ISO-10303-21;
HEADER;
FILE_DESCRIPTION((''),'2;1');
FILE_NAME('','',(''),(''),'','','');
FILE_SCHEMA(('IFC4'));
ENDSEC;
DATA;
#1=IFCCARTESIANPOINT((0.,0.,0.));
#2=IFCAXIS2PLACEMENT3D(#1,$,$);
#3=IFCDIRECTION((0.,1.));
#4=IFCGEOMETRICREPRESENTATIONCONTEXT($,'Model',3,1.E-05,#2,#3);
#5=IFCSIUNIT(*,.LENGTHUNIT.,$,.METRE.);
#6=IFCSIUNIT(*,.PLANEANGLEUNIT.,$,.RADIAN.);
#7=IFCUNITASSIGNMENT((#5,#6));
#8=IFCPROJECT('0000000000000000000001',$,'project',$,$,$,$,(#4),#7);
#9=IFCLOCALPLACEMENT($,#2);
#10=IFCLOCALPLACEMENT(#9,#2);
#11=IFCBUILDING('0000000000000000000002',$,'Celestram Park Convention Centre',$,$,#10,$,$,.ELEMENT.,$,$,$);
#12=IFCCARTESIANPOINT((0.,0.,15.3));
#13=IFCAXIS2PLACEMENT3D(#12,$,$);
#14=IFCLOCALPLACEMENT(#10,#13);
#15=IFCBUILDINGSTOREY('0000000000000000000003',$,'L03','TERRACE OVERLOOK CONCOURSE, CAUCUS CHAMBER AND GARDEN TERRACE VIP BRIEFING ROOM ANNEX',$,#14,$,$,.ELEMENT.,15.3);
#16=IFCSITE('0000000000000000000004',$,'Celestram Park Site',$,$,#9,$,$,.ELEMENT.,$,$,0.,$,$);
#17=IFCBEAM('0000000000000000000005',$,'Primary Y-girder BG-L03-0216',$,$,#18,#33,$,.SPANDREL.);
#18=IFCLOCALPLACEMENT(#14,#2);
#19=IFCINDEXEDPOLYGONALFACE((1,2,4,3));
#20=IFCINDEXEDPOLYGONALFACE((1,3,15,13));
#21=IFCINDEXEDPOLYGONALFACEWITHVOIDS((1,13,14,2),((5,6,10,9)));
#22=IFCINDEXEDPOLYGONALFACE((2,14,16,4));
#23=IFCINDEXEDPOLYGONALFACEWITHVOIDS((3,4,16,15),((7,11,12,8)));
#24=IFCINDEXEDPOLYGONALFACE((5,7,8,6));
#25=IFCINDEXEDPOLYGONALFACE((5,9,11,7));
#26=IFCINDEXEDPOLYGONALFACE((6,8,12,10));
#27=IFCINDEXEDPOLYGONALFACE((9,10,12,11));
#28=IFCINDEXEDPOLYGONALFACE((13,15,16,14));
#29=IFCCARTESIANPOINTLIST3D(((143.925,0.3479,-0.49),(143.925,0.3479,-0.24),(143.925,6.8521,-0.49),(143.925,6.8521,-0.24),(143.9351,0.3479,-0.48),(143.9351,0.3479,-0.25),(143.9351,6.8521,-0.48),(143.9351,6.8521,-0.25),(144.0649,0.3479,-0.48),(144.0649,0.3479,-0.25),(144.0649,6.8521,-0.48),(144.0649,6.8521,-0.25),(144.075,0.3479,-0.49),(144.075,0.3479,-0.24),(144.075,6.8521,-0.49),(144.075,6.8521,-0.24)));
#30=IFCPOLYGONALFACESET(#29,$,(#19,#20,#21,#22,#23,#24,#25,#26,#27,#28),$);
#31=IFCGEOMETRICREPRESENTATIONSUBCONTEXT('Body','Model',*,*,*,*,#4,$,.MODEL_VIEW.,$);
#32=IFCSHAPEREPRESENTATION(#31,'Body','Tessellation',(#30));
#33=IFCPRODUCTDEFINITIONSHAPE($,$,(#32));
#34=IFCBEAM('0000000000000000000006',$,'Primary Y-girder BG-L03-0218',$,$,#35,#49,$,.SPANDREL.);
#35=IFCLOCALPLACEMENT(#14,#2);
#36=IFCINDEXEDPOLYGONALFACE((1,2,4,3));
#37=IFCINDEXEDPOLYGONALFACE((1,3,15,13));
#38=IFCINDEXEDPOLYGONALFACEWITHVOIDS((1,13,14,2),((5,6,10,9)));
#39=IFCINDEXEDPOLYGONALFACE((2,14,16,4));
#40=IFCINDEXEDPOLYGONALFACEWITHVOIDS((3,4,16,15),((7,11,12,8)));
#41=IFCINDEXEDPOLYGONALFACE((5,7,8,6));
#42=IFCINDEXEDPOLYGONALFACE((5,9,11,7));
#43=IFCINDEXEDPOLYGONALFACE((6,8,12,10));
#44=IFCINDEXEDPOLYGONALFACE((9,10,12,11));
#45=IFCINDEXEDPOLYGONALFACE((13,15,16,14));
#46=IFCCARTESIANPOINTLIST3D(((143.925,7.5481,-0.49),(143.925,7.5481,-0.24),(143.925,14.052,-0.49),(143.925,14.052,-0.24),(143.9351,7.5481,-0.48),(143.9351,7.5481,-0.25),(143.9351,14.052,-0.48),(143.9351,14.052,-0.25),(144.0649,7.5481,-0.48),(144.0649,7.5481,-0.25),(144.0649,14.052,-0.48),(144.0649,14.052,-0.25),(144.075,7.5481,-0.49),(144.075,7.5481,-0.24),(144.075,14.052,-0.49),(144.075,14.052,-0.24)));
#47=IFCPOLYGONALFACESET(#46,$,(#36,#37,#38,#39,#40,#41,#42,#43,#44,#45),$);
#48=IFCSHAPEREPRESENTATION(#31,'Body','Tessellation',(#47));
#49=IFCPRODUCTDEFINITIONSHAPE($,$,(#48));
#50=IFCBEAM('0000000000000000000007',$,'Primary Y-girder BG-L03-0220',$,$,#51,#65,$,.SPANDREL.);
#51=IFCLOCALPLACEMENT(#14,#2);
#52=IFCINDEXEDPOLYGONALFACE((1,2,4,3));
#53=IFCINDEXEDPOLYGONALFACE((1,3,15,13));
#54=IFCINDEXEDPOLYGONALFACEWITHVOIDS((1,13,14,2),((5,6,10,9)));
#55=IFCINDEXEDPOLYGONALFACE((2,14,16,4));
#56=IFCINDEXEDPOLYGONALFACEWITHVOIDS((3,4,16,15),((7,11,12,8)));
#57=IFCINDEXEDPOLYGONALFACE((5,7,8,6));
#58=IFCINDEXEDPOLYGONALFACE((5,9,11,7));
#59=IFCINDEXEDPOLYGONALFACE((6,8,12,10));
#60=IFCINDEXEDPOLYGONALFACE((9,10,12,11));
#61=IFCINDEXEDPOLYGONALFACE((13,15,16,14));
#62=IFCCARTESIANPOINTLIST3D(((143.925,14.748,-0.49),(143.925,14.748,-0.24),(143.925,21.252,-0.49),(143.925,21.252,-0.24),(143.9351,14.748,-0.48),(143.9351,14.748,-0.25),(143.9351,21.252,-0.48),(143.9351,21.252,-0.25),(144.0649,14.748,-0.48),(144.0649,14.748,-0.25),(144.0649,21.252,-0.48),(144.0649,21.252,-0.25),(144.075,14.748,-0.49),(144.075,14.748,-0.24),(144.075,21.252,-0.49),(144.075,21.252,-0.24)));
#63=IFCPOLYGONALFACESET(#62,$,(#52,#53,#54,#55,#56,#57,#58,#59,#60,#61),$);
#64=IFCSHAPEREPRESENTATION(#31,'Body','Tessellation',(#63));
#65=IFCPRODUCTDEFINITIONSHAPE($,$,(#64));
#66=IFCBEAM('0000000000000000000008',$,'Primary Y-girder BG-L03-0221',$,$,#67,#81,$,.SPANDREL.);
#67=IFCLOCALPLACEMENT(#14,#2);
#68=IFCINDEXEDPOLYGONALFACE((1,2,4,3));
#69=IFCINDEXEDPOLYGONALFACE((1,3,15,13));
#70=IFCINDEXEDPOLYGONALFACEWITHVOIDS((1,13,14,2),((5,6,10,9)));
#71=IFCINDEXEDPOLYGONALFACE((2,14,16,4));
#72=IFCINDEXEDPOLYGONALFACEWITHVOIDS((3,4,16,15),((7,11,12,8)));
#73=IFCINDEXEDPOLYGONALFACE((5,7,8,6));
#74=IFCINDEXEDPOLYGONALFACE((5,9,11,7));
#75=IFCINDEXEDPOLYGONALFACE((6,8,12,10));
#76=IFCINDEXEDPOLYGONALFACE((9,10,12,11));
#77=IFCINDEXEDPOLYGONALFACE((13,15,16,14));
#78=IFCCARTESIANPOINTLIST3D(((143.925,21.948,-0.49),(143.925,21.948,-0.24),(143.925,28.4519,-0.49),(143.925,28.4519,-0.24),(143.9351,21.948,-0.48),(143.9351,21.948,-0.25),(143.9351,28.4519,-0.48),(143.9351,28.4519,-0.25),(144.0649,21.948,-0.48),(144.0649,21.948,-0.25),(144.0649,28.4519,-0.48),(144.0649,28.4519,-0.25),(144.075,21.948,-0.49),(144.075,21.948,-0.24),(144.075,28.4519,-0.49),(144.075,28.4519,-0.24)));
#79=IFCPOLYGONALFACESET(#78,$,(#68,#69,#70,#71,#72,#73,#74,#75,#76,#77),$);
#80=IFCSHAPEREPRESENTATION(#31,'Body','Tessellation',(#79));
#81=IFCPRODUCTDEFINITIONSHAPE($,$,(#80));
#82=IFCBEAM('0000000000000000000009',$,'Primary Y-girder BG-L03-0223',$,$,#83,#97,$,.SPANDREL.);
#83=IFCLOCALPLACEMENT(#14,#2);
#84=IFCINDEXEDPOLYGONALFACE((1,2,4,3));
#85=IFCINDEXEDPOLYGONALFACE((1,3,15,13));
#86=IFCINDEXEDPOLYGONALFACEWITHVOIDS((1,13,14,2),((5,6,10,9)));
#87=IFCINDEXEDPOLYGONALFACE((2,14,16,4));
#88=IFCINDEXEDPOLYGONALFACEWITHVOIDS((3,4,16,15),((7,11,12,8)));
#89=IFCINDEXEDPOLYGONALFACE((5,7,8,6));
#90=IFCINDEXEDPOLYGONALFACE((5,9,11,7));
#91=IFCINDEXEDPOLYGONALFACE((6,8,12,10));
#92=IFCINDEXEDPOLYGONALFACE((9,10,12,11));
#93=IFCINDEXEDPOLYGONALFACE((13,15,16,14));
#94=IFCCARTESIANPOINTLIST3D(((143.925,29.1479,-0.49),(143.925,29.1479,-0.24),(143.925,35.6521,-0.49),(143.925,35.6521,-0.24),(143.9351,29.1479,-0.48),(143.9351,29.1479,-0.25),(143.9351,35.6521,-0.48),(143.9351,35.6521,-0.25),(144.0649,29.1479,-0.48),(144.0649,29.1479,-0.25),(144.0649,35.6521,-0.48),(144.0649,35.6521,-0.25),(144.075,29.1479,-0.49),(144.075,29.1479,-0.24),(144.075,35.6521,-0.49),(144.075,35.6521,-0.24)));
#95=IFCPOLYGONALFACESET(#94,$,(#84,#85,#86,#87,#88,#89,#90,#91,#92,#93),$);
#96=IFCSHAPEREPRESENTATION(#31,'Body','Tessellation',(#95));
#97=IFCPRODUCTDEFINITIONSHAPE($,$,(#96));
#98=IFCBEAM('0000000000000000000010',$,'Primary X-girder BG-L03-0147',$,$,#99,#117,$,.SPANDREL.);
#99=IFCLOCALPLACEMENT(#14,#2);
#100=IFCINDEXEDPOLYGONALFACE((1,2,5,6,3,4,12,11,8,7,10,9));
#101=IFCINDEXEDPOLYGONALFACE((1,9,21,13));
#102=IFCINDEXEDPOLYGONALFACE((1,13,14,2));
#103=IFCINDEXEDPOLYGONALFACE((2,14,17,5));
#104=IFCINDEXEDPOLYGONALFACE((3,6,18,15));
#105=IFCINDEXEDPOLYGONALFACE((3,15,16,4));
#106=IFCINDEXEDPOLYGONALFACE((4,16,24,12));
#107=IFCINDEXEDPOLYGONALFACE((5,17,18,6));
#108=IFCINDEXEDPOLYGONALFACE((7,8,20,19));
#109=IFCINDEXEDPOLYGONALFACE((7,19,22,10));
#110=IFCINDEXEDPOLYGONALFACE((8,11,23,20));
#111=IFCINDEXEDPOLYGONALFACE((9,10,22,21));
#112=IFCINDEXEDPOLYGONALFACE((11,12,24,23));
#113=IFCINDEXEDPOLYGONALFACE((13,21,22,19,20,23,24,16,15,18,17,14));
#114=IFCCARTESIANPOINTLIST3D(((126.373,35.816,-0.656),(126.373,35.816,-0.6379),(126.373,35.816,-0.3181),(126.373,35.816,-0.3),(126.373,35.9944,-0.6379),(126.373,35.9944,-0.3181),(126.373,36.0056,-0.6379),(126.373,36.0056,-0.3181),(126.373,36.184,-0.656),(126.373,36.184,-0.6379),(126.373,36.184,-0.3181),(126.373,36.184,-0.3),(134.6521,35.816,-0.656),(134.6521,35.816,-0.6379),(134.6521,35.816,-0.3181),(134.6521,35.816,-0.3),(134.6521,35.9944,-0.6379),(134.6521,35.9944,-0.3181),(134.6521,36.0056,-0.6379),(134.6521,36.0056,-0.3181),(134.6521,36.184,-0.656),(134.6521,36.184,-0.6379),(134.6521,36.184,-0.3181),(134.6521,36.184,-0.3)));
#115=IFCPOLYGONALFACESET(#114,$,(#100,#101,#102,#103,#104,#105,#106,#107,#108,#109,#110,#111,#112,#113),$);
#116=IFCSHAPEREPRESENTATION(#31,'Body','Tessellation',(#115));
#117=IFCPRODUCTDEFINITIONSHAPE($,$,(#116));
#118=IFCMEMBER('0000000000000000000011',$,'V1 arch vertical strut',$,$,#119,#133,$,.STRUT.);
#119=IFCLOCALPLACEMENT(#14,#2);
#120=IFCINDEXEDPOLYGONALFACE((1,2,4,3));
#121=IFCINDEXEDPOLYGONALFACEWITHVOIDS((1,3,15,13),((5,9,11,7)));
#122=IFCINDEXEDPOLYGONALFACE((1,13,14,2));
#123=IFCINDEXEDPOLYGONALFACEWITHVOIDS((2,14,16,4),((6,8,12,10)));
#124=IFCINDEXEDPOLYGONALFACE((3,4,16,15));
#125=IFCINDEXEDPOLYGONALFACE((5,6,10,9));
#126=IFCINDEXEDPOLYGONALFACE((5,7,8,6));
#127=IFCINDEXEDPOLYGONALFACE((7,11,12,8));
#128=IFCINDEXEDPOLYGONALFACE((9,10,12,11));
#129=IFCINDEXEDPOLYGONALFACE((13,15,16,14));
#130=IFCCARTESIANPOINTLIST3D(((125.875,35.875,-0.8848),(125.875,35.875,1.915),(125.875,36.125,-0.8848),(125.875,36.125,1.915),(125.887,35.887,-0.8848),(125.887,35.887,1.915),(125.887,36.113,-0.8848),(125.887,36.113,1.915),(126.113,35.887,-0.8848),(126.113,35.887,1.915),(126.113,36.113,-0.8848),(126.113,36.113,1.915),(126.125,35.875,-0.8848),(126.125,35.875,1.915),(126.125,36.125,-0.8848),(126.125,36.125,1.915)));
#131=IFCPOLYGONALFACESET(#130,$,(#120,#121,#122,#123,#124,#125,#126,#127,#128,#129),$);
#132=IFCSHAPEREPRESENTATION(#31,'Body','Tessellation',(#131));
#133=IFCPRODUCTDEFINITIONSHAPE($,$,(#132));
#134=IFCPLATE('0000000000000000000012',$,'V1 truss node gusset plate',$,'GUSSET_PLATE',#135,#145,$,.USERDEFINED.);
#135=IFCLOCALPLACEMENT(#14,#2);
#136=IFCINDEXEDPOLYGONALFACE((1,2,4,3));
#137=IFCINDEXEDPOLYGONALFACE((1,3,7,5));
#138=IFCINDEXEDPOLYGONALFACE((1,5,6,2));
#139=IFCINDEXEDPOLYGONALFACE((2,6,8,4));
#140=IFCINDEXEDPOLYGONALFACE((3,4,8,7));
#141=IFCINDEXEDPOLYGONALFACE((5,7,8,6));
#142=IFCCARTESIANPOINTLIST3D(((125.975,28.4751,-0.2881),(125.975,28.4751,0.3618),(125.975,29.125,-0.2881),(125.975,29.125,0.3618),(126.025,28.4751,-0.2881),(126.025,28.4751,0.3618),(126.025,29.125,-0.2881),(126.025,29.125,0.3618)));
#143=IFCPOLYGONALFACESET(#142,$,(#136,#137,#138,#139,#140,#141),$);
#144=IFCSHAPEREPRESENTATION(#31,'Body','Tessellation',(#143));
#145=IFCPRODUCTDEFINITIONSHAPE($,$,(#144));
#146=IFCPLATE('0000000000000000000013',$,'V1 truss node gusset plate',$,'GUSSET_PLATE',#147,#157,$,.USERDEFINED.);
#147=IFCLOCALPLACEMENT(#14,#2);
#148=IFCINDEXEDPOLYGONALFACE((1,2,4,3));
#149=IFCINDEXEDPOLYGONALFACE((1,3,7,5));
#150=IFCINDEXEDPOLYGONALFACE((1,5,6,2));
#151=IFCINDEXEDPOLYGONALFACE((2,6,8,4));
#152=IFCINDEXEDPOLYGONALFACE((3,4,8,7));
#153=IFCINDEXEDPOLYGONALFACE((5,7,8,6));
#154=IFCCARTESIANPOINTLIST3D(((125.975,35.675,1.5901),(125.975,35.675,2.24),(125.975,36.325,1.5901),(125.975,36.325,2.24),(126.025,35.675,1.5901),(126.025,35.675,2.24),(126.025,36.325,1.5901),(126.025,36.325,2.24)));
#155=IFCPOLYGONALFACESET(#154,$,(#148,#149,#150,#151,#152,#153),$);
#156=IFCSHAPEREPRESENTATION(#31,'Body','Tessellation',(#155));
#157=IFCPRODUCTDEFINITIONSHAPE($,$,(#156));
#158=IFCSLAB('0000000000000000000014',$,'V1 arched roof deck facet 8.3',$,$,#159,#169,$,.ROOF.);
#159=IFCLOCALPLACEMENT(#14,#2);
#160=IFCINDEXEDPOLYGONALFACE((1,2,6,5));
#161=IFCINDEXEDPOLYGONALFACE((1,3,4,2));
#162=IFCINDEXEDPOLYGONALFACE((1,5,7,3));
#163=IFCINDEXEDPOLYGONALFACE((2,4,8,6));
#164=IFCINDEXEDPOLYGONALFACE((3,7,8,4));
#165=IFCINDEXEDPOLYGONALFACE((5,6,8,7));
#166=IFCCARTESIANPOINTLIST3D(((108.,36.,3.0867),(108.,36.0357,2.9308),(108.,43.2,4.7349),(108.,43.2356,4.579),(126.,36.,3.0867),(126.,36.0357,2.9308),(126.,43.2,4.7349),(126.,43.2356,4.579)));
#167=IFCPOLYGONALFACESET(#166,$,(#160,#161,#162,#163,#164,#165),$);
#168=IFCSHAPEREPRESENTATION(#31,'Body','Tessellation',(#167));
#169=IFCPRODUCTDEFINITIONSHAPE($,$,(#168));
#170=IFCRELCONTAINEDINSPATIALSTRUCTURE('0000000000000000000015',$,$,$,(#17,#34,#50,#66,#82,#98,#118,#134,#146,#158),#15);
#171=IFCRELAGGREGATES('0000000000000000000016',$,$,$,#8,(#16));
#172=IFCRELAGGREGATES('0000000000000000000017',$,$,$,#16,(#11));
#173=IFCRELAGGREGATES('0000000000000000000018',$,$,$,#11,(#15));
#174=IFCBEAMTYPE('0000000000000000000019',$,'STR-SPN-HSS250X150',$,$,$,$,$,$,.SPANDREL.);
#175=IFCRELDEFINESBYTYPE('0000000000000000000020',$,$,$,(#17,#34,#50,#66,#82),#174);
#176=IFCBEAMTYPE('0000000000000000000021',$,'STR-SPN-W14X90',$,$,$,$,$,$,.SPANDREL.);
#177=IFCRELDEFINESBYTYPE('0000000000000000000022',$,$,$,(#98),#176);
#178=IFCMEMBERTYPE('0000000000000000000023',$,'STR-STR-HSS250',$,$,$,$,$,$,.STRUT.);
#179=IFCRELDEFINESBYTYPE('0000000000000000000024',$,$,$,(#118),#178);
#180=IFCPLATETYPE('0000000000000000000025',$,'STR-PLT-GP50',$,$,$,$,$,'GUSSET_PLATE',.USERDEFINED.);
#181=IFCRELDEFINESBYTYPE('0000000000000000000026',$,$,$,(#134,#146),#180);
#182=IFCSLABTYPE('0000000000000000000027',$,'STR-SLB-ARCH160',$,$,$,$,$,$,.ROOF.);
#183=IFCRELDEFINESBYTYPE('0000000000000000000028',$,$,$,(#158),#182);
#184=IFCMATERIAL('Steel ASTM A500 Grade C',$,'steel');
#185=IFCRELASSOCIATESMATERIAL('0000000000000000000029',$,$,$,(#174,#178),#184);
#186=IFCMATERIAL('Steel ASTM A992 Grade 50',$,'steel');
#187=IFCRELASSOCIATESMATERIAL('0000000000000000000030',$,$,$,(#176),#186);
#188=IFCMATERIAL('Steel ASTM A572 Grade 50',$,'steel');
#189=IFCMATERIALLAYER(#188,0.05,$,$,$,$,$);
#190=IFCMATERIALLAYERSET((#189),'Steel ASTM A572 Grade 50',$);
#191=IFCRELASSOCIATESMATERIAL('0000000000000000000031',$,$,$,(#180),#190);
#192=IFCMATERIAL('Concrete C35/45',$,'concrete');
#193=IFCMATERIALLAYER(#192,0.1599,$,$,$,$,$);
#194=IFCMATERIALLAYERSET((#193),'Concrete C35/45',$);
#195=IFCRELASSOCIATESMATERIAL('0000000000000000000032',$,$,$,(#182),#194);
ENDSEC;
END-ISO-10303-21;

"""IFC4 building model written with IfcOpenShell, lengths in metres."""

from ifc_helpers import new_model, si_unit, direction, frame, origin, origin_2d, place, context, subcontext, project, spatial, polyline, rectangle, hollow_rectangle, i_section, outline, extrude, material, layer, layer_set, material_profile, profile_set, type_object, element, save


model = new_model("IFC4")

# Units and contexts
model_context = context("Model", 3, precision=1e-05, world=origin(), true_north=direction((0.0, 1.0)))
body_context = subcontext(model_context, "Body", "Model", "MODEL_VIEW")
ifc_project = project(units=[si_unit("LENGTHUNIT", "METRE"), si_unit("PLANEANGLEUNIT", "RADIAN")], contexts=[model_context])

# Site, building, storey
site_placement = place(None, origin())
site = spatial("IfcSite", under=ifc_project, at=site_placement, Name="Celestram Park Site", CompositionType="ELEMENT", RefElevation=0.0)
building_placement = place(site_placement, origin())
building = spatial("IfcBuilding", under=site, at=building_placement, Name="Celestram Park Convention Centre", CompositionType="ELEMENT")
storey_placement = place(building_placement, frame((0.0, 0.0, 15.3)))
storey = spatial("IfcBuildingStorey", under=building, at=storey_placement, Name="L03", Description="TERRACE OVERLOOK CONCOURSE, CAUCUS CHAMBER AND GARDEN TERRACE VIP BRIEFING ROOM ANNEX", CompositionType="ELEMENT", Elevation=15.3)

# Shared definitions
ifc_material_1 = material(Name="Steel ASTM A992 Grade 50", Category="steel")

# Shared definitions
ifc_material_2 = material(Name="Steel ASTM A500 Grade C", Category="steel")

# Beams
ifc_material_profile_1 = material_profile(ifc_material_2, hollow_rectangle(XDim=0.1499, YDim=0.25, WallThickness=0.01, at=origin_2d()), Name="HSS250X150X10")
ifc_profile_set_1 = profile_set([ifc_material_profile_1], Name="Steel ASTM A500 Grade C")
beam_type_1 = type_object("IfcBeamType", Name="STR-SPN-HSS250X150", PredefinedType="SPANDREL", material=ifc_profile_set_1)
beam_1_placement = place(storey_placement, frame((144.0, 0.3479, -0.365), z_axis=(0.0, 1.0, 0.0), x_axis=(-1.0, 0.0, 0.0)))
element("IfcBeam", 1, at=beam_1_placement, inside=storey, type_object=beam_type_1, Name="Primary Y-girder BG-L03-0216", PredefinedType="SPANDREL", context=body_context, shape_type="SweptSolid", body=[
    extrude(hollow_rectangle(XDim=0.1499, YDim=0.25, WallThickness=0.01, at=origin_2d()), origin(), (0.0, 0.0, 1.0), 6.5042),
])
for number, where, z_axis, x_axis, name in (
    (2, (144.0, 7.5481, -0.365), (0.0, 1.0, 0.0), (-1.0, 0.0, 0.0), "Primary Y-girder BG-L03-0218"),
    (3, (144.0, 14.748, -0.365), (0.0, 1.0, 0.0), (-1.0, 0.0, 0.0), "Primary Y-girder BG-L03-0220"),
    (4, (144.0, 21.948, -0.365), (0.0, 1.0, 0.0), (-1.0, 0.0, 0.0), "Primary Y-girder BG-L03-0221"),
):
    element("IfcBeam", number, at=place(storey_placement, frame(where, z_axis=z_axis, x_axis=x_axis)), inside=storey, type_object=beam_type_1, Name=name, PredefinedType="SPANDREL", context=body_context, shape_type="SweptSolid", body=[
        extrude(hollow_rectangle(XDim=0.1499, YDim=0.25, WallThickness=0.01, at=origin_2d()), origin(), (0.0, 0.0, 1.0), 6.5039),
    ])
beam_2_placement = place(storey_placement, frame((144.0, 29.1479, -0.365), z_axis=(0.0, 1.0, 0.0), x_axis=(-1.0, 0.0, 0.0)))
element("IfcBeam", 5, at=beam_2_placement, inside=storey, type_object=beam_type_1, Name="Primary Y-girder BG-L03-0223", PredefinedType="SPANDREL", context=body_context, shape_type="SweptSolid", body=[
    extrude(hollow_rectangle(XDim=0.1499, YDim=0.25, WallThickness=0.01, at=origin_2d()), origin(), (0.0, 0.0, 1.0), 6.5042),
])
ifc_material_profile_2 = material_profile(ifc_material_1, i_section(OverallWidth=0.3679, OverallDepth=0.356, WebThickness=0.0112, FlangeThickness=0.0181, at=origin_2d()), Name="W14X90")
ifc_profile_set_2 = profile_set([ifc_material_profile_2], Name="Steel ASTM A992 Grade 50")
beam_type_2 = type_object("IfcBeamType", Name="STR-SPN-W14X90", PredefinedType="SPANDREL", material=ifc_profile_set_2)
beam_3_placement = place(storey_placement, frame((126.373, 36.0, -0.478), z_axis=(1.0, 0.0, 0.0), x_axis=(0.0, 1.0, 0.0)))
element("IfcBeam", 6, at=beam_3_placement, inside=storey, type_object=beam_type_2, Name="Primary X-girder BG-L03-0147", PredefinedType="SPANDREL", context=body_context, shape_type="SweptSolid", body=[
    extrude(i_section(OverallWidth=0.3679, OverallDepth=0.356, WebThickness=0.0112, FlangeThickness=0.0181, at=origin_2d()), origin(), (0.0, 0.0, 1.0), 8.2791),
])

# Member
ifc_material_profile_3 = material_profile(ifc_material_2, hollow_rectangle(XDim=0.25, YDim=0.25, WallThickness=0.012, at=origin_2d()), Name="HSS250X250X12")
ifc_profile_set_3 = profile_set([ifc_material_profile_3], Name="Steel ASTM A500 Grade C")
member_type_1 = type_object("IfcMemberType", Name="STR-STR-HSS250", PredefinedType="STRUT", material=ifc_profile_set_3)
member_1_placement = place(storey_placement, frame((126.0, 36.0, -0.8848), z_axis=(0.0, 0.0, 1.0), x_axis=(1.0, 0.0, 0.0)))
element("IfcMember", 7, at=member_1_placement, inside=storey, type_object=member_type_1, Name="V1 arch vertical strut", PredefinedType="STRUT", context=body_context, shape_type="SweptSolid", body=[
    extrude(hollow_rectangle(XDim=0.25, YDim=0.25, WallThickness=0.012, at=origin_2d()), origin(), (0.0, 0.0, 1.0), 2.7998),
])

# Plates
ifc_material_3 = material(Name="Steel ASTM A572 Grade 50", Category="steel")
ifc_layer_1 = layer(ifc_material_3, 0.05)
ifc_layer_set_1 = layer_set([ifc_layer_1], Name="Steel ASTM A572 Grade 50")
plate_type = type_object("IfcPlateType", Name="STR-PLT-GP50", ElementType="GUSSET_PLATE", PredefinedType="USERDEFINED", material=ifc_layer_set_1)
for number, where, z_axis, x_axis, name in (
    (8, (126.0, 28.8, -0.2881), (0.0, 0.0, 1.0), (0.0, 1.0, 0.0), "V1 truss node gusset plate"),
    (9, (126.0, 36.0, 1.5901), (0.0, 0.0, 1.0), (0.0, 1.0, 0.0), "V1 truss node gusset plate"),
):
    element("IfcPlate", number, at=place(storey_placement, frame(where, z_axis=z_axis, x_axis=x_axis)), inside=storey, type_object=plate_type, Name=name, ObjectType="GUSSET_PLATE", PredefinedType="USERDEFINED", context=body_context, shape_type="SweptSolid", body=[
        extrude(rectangle(XDim=0.6499, YDim=0.05, at=origin_2d()), origin(), (0.0, 0.0, 1.0), 0.6499),
    ])

# Slab
ifc_material_4 = material(Name="Concrete C35/45", Category="concrete")
ifc_layer_2 = layer(ifc_material_4, 0.1599)
ifc_layer_set_2 = layer_set([ifc_layer_2], Name="Concrete C35/45")
slab_type = type_object("IfcSlabType", Name="STR-SLB-ARCH160", PredefinedType="ROOF", material=ifc_layer_set_2)
slab_placement = place(storey_placement, frame((108.0, 36.0, 3.0867), z_axis=(0.0, -0.223145, 0.974785), x_axis=(1.0, 0.0, 0.0)))
element("IfcSlab", 10, at=slab_placement, inside=storey, type_object=slab_type, Name="V1 arched roof deck facet 8.3", PredefinedType="ROOF", context=body_context, shape_type="SweptSolid", body=[
    extrude(outline(polyline([(0.0, 0.0), (18.0, 0.0), (18.0, 7.3862), (0.0, 7.3862), (0.0, 0.0)])), origin(), (0.0, 0.0, -1.0), 0.1599),
])

save(model, "model.ifc")
